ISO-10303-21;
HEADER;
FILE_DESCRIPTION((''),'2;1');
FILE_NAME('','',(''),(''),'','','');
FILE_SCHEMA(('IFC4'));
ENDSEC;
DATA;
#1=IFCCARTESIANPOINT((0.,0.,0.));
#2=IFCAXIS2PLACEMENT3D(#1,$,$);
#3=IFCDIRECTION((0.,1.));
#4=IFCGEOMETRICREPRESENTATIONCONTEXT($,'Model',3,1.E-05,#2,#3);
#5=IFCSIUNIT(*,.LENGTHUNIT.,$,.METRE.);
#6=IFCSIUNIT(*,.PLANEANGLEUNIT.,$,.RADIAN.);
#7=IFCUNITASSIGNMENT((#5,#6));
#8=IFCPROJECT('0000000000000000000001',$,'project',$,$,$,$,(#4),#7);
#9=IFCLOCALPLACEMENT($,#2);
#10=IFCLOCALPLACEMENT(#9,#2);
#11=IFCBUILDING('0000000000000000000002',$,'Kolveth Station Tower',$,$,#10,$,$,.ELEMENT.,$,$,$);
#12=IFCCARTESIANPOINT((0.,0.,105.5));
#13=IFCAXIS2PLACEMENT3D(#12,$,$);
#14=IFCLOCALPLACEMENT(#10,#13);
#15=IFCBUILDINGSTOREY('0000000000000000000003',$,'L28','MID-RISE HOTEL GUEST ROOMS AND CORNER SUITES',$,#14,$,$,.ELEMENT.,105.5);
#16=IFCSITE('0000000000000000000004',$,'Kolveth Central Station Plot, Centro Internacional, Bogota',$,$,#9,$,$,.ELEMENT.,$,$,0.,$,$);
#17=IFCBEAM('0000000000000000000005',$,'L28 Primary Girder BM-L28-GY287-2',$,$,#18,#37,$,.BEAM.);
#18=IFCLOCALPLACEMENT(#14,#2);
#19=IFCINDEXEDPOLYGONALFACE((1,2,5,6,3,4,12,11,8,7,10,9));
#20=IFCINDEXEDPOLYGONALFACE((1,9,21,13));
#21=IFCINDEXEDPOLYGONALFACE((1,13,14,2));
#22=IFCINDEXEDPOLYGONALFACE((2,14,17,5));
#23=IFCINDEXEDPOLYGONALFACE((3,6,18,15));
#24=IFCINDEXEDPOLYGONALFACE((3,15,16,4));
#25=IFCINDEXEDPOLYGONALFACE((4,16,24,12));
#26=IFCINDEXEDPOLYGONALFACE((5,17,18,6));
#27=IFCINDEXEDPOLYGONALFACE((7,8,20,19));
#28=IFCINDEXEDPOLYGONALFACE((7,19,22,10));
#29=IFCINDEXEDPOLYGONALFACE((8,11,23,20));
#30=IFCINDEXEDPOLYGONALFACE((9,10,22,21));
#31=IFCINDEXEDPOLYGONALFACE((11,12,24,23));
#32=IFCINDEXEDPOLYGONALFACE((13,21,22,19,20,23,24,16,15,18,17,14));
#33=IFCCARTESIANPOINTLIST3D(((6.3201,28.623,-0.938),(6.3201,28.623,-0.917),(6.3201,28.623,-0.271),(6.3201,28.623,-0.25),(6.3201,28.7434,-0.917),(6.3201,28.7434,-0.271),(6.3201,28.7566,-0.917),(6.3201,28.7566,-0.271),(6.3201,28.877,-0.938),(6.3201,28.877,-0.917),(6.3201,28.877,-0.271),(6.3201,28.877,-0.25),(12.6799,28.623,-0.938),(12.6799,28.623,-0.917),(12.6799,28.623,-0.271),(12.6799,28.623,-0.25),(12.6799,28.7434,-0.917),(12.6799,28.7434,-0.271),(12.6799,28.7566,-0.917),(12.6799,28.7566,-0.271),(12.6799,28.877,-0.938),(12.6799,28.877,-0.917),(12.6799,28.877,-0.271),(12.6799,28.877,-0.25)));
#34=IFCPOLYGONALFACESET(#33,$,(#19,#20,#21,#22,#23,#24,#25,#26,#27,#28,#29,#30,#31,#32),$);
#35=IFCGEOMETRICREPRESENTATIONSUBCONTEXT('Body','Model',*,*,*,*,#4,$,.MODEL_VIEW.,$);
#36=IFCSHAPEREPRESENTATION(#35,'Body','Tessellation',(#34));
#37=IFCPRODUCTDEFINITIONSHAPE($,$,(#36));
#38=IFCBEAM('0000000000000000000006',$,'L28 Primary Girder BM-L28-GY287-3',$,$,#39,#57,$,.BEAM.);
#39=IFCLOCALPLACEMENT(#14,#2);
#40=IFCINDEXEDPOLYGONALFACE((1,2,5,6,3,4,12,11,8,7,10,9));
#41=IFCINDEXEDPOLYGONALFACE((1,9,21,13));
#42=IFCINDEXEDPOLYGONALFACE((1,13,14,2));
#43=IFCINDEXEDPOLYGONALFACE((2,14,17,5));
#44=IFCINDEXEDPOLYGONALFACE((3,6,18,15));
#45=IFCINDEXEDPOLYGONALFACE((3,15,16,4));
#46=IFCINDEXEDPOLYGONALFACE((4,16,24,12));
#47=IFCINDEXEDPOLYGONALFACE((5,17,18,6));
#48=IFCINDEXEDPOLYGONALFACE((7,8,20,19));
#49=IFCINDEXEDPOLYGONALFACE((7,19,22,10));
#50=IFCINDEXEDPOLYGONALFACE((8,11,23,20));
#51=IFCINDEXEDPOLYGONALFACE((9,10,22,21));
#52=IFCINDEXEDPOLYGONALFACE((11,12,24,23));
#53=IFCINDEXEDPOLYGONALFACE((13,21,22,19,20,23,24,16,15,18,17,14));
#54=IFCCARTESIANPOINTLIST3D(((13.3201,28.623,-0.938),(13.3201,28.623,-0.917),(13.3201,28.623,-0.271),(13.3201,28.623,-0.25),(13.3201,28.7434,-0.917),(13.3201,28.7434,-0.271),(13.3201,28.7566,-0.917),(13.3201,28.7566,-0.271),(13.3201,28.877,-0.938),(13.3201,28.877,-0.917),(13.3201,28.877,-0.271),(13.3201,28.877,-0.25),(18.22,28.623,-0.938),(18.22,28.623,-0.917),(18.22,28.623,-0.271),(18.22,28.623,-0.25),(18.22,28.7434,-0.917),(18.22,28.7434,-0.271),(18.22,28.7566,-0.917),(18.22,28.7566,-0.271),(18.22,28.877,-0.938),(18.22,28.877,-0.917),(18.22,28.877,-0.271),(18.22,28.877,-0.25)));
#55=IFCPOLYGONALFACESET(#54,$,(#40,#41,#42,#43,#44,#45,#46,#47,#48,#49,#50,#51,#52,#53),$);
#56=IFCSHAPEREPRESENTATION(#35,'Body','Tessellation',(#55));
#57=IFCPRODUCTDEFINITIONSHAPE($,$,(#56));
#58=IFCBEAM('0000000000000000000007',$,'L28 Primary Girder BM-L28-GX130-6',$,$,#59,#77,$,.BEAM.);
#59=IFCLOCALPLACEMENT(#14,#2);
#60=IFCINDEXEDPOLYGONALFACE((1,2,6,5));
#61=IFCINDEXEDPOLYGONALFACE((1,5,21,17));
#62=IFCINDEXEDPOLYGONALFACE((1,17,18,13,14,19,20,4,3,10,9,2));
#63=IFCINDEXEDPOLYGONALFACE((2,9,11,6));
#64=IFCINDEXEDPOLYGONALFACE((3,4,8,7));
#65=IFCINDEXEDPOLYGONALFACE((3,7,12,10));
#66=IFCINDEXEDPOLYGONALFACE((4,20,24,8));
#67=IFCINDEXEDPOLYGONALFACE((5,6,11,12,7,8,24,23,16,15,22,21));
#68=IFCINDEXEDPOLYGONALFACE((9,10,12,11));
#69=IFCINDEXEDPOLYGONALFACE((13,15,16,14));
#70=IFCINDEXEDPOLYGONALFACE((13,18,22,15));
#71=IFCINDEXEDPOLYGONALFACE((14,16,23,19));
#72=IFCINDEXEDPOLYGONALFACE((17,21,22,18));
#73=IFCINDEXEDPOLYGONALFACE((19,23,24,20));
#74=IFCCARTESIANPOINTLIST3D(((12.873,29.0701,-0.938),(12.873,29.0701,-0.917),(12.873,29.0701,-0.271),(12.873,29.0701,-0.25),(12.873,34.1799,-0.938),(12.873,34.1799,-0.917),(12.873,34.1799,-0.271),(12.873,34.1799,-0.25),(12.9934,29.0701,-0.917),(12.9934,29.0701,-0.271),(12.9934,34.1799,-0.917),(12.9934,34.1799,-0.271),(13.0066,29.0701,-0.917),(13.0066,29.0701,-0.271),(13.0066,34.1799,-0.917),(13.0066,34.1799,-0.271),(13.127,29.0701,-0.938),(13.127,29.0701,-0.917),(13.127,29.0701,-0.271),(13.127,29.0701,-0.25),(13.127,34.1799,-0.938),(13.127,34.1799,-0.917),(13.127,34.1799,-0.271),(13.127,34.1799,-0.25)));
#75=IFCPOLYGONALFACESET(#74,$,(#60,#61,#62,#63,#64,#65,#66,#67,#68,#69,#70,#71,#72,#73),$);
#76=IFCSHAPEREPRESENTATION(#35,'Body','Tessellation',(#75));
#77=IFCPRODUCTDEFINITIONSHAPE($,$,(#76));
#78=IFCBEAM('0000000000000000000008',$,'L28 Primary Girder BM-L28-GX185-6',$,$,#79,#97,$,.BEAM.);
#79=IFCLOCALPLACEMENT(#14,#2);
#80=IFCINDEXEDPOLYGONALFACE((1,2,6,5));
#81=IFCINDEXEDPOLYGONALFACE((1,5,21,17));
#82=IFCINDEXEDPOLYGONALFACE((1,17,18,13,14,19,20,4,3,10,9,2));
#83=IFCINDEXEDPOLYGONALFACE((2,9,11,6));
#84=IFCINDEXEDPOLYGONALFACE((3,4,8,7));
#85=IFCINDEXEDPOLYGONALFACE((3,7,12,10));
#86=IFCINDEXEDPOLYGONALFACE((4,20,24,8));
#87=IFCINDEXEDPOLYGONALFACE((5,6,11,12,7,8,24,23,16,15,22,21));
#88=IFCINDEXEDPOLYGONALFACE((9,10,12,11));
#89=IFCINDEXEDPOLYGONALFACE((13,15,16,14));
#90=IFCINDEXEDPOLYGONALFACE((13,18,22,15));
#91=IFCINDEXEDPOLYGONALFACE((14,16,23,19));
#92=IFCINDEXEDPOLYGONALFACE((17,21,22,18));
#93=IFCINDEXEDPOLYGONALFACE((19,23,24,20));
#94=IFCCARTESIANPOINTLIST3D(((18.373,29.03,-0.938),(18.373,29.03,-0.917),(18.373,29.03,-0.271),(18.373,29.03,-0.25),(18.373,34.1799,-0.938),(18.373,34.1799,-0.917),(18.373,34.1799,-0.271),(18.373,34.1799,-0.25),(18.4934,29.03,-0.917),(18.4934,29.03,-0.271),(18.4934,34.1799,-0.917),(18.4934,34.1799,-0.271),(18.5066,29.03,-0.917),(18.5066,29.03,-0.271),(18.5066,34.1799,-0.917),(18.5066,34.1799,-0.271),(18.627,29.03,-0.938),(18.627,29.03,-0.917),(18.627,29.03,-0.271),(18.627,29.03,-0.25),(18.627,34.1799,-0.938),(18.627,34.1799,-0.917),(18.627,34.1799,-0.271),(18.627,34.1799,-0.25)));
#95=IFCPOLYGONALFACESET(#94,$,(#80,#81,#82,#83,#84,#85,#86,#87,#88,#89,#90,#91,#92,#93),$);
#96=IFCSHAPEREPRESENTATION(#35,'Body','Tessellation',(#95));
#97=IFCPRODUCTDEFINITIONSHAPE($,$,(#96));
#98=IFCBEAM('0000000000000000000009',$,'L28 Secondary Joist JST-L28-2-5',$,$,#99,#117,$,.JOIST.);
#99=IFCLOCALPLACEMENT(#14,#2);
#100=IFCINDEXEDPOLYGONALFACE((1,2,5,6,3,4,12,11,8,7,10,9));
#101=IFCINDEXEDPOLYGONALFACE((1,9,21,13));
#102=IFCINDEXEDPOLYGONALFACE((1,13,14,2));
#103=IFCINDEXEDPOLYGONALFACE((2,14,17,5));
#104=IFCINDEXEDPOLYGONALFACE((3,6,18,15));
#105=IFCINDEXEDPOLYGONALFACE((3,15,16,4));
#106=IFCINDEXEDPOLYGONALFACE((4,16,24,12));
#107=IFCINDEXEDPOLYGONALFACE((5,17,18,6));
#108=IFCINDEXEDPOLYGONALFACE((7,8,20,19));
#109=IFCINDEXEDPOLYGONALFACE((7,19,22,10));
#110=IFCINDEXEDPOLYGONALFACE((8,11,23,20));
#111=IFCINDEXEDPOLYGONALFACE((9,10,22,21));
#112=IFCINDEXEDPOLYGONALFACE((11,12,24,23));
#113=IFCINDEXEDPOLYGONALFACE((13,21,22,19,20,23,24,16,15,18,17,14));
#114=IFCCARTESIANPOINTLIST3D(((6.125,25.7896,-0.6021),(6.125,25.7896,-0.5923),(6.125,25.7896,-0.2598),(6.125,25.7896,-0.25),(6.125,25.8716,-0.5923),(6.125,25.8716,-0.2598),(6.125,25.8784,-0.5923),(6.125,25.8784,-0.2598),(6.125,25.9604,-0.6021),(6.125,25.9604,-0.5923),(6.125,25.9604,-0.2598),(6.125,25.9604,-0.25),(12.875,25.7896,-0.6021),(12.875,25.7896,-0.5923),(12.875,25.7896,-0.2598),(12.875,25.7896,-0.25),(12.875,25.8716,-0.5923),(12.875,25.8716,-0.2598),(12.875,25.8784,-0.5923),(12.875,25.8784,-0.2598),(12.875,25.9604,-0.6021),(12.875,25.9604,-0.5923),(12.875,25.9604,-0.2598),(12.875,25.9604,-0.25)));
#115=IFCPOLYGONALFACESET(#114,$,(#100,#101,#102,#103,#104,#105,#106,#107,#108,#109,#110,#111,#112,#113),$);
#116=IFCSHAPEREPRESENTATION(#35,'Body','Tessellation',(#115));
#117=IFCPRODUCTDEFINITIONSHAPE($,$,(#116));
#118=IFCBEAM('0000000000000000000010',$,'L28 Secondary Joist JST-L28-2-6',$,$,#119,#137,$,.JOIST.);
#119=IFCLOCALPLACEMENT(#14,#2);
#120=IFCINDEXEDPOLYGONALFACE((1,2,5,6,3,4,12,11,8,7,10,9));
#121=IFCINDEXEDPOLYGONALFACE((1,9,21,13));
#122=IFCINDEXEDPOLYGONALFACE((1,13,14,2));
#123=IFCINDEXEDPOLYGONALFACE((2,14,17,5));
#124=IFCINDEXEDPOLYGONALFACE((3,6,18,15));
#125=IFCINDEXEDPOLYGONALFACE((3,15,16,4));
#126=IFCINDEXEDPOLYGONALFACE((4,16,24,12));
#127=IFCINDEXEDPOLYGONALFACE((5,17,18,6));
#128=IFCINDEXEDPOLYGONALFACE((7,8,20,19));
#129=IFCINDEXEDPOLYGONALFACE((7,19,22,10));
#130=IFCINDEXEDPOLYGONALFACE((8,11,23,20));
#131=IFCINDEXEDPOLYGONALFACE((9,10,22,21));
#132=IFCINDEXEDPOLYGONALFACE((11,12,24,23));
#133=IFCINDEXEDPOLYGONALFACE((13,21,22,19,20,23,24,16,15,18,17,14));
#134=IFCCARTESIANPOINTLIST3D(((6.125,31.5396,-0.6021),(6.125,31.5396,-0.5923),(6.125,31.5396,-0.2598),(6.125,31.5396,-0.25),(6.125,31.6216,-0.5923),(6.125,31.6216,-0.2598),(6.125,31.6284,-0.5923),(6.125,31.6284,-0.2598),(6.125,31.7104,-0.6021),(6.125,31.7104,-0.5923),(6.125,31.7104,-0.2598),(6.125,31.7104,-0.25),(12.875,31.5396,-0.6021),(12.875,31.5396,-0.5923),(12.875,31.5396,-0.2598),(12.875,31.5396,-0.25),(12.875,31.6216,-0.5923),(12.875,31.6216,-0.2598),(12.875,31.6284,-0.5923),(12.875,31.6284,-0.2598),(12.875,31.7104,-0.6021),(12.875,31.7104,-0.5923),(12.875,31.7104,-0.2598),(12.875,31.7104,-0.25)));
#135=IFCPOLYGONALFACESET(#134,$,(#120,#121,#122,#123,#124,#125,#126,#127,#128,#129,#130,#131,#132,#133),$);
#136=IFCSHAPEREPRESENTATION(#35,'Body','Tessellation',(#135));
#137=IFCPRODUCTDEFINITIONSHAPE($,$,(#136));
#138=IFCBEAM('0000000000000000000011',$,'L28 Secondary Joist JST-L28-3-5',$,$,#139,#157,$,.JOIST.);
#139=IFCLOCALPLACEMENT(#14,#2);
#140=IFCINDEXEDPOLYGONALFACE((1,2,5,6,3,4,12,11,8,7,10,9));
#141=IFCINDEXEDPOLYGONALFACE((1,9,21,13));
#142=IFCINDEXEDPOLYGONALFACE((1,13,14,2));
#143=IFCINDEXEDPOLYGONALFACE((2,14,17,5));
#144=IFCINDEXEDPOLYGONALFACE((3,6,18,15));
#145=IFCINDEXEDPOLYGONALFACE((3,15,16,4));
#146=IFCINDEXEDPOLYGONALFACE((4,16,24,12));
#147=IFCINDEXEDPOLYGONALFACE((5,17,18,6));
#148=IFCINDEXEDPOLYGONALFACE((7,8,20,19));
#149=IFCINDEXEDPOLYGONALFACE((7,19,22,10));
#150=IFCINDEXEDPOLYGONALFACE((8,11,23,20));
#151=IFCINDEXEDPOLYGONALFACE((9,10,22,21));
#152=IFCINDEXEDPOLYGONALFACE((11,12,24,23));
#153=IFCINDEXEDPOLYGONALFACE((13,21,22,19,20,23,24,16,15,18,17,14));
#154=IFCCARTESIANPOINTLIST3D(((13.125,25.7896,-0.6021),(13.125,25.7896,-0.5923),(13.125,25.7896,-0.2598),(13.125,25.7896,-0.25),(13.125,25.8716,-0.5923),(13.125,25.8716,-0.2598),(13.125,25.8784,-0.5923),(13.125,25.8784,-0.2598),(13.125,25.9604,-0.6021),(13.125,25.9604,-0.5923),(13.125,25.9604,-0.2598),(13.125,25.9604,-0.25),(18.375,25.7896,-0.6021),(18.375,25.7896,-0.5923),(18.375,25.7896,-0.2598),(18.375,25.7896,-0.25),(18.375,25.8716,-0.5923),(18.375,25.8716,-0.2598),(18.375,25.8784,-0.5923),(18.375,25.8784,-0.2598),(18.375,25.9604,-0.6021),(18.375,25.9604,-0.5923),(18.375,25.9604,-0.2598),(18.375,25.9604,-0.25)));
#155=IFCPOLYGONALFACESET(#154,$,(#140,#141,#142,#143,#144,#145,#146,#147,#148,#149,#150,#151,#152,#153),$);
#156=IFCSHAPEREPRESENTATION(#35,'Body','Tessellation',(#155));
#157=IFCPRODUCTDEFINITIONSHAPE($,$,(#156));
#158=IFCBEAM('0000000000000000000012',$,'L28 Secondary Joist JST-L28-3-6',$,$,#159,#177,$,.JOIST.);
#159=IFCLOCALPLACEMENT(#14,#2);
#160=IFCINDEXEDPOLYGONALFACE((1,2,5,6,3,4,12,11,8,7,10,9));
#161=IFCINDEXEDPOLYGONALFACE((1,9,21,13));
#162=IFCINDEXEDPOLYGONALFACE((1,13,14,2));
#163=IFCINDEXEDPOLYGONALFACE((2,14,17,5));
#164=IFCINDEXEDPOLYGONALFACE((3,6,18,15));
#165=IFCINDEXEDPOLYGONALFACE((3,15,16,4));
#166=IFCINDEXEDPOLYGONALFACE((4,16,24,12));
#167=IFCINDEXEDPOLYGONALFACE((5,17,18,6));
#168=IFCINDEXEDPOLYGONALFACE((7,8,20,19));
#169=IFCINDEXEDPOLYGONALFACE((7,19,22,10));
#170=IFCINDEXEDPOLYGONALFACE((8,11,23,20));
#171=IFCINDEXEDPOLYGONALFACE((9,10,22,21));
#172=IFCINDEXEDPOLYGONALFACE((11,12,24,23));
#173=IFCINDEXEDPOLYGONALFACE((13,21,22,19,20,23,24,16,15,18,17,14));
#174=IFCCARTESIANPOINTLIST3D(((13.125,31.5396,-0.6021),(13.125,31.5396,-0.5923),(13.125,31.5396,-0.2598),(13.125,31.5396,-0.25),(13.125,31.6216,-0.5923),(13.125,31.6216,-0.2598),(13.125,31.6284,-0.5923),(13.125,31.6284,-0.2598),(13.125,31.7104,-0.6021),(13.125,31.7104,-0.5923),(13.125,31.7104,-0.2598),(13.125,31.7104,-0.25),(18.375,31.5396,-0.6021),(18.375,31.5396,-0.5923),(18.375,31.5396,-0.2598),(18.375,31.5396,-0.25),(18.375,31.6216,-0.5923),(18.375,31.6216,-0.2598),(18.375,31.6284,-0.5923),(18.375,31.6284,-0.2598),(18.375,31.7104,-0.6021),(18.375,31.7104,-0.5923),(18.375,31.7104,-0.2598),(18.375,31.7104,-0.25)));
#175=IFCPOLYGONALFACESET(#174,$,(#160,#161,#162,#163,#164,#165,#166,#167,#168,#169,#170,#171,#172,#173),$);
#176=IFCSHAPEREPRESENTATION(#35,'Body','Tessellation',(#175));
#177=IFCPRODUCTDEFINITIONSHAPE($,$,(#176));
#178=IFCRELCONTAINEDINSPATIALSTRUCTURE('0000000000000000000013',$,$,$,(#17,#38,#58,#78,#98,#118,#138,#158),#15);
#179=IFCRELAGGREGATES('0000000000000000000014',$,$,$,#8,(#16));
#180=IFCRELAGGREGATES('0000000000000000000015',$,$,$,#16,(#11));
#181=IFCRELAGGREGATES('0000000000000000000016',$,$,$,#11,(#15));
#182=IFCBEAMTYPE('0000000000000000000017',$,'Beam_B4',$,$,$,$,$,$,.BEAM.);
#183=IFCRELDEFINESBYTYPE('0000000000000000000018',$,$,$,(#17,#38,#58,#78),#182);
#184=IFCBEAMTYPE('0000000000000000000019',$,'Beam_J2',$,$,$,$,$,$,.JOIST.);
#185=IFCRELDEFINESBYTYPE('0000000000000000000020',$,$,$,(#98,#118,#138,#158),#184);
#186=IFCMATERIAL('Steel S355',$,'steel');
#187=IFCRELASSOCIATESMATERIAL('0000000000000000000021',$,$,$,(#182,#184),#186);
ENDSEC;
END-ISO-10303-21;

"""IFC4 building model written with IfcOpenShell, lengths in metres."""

from ifc_helpers import new_model, si_unit, direction, frame, origin, origin_2d, place, context, subcontext, project, spatial, i_section, extrude, source, transform, mapped, material, material_profile, profile_set, type_object, element, save


model = new_model("IFC4")

# Units and contexts
model_context = context("Model", 3, precision=1e-05, world=origin(), true_north=direction((0.0, 1.0)))
body_context = subcontext(model_context, "Body", "Model", "MODEL_VIEW")
ifc_project = project(units=[si_unit("LENGTHUNIT", "METRE"), si_unit("PLANEANGLEUNIT", "RADIAN")], contexts=[model_context])

# Site, building, storey
site_placement = place(None, origin())
site = spatial("IfcSite", under=ifc_project, at=site_placement, Name="Kolveth Central Station Plot, Centro Internacional, Bogota", CompositionType="ELEMENT", RefElevation=0.0)
building_placement = place(site_placement, origin())
building = spatial("IfcBuilding", under=site, at=building_placement, Name="Kolveth Station Tower", CompositionType="ELEMENT")
storey_placement = place(building_placement, frame((0.0, 0.0, 105.5)))
storey = spatial("IfcBuildingStorey", under=building, at=storey_placement, Name="L28", Description="MID-RISE HOTEL GUEST ROOMS AND CORNER SUITES", CompositionType="ELEMENT", Elevation=105.5)

# Shared definitions
ifc_material_1 = material(Name="Steel S355", Category="steel")

# Beams
ifc_material_profile_1 = material_profile(ifc_material_1, i_section(OverallWidth=0.2539, OverallDepth=0.688, WebThickness=0.0132, FlangeThickness=0.021, at=origin_2d()), Name="W690x152")
ifc_profile_set_1 = profile_set([ifc_material_profile_1], Name="Steel S355")
beam_type_1 = type_object("IfcBeamType", Name="Beam_B4", PredefinedType="BEAM", material=ifc_profile_set_1)
shared_shape_1 = source(origin(), body_context, "Body", "SweptSolid", [
    extrude(i_section(OverallWidth=0.2539, OverallDepth=0.688, WebThickness=0.0132, FlangeThickness=0.021, at=origin_2d()), origin(), (0.0, 0.0, 1.0), 6.3599),
])
beam_1_placement = place(storey_placement, frame((6.3201, 28.75, -0.594), z_axis=(1.0, 0.0, 0.0), x_axis=(0.0, 1.0, 0.0)))
element("IfcBeam", 1, at=beam_1_placement, inside=storey, type_object=beam_type_1, Name="L28 Primary Girder BM-L28-GY287-2", PredefinedType="BEAM", context=body_context, shape_type="MappedRepresentation", body=[
    mapped(shared_shape_1, transform((0.0, 0.0, 0.0), x_axis=(1.0, 0.0, 0.0), y_axis=(0.0, 1.0, 0.0), z_axis=(0.0, 0.0, 1.0), scale=1.0)),
])
shared_shape_2 = source(origin(), body_context, "Body", "SweptSolid", [
    extrude(i_section(OverallWidth=0.2539, OverallDepth=0.688, WebThickness=0.0132, FlangeThickness=0.021, at=origin_2d()), origin(), (0.0, 0.0, 1.0), 4.8999),
])
beam_2_placement = place(storey_placement, frame((13.3201, 28.75, -0.594), z_axis=(1.0, 0.0, 0.0), x_axis=(0.0, 1.0, 0.0)))
element("IfcBeam", 2, at=beam_2_placement, inside=storey, type_object=beam_type_1, Name="L28 Primary Girder BM-L28-GY287-3", PredefinedType="BEAM", context=body_context, shape_type="MappedRepresentation", body=[
    mapped(shared_shape_2, transform((0.0, 0.0, 0.0), x_axis=(1.0, 0.0, 0.0), y_axis=(0.0, 1.0, 0.0), z_axis=(0.0, 0.0, 1.0), scale=1.0)),
])
shared_shape_3 = source(origin(), body_context, "Body", "SweptSolid", [
    extrude(i_section(OverallWidth=0.2539, OverallDepth=0.688, WebThickness=0.0132, FlangeThickness=0.021, at=origin_2d()), origin(), (0.0, 0.0, 1.0), 5.1099),
])
beam_3_placement = place(storey_placement, frame((13.0, 29.0701, -0.594), z_axis=(0.0, 1.0, 0.0), x_axis=(-1.0, 0.0, 0.0)))
element("IfcBeam", 3, at=beam_3_placement, inside=storey, type_object=beam_type_1, Name="L28 Primary Girder BM-L28-GX130-6", PredefinedType="BEAM", context=body_context, shape_type="MappedRepresentation", body=[
    mapped(shared_shape_3, transform((0.0, 0.0, 0.0), x_axis=(1.0, 0.0, 0.0), y_axis=(0.0, 1.0, 0.0), z_axis=(0.0, 0.0, 1.0), scale=1.0)),
])
shared_shape_4 = source(origin(), body_context, "Body", "SweptSolid", [
    extrude(i_section(OverallWidth=0.2539, OverallDepth=0.688, WebThickness=0.0132, FlangeThickness=0.021, at=origin_2d()), origin(), (0.0, 0.0, 1.0), 5.1499),
])
beam_4_placement = place(storey_placement, frame((18.5, 29.03, -0.594), z_axis=(0.0, 1.0, 0.0), x_axis=(-1.0, 0.0, 0.0)))
element("IfcBeam", 4, at=beam_4_placement, inside=storey, type_object=beam_type_1, Name="L28 Primary Girder BM-L28-GX185-6", PredefinedType="BEAM", context=body_context, shape_type="MappedRepresentation", body=[
    mapped(shared_shape_4, transform((0.0, 0.0, 0.0), x_axis=(1.0, 0.0, 0.0), y_axis=(0.0, 1.0, 0.0), z_axis=(0.0, 0.0, 1.0), scale=1.0)),
])
ifc_material_profile_2 = material_profile(ifc_material_1, i_section(OverallWidth=0.1709, OverallDepth=0.3521, WebThickness=0.0068, FlangeThickness=0.0098, at=origin_2d()), Name="W360x44")
ifc_profile_set_2 = profile_set([ifc_material_profile_2], Name="Steel S355")
beam_type_2 = type_object("IfcBeamType", Name="Beam_J2", PredefinedType="JOIST", material=ifc_profile_set_2)
shared_shape_5 = source(origin(), body_context, "Body", "SweptSolid", [
    extrude(i_section(OverallWidth=0.1709, OverallDepth=0.3521, WebThickness=0.0068, FlangeThickness=0.0098, at=origin_2d()), origin(), (0.0, 0.0, 1.0), 6.75),
])
for number, where, z_axis, x_axis, name in (
    (5, (6.125, 25.875, -0.426), (1.0, 0.0, 0.0), (0.0, 1.0, 0.0), "L28 Secondary Joist JST-L28-2-5"),
    (6, (6.125, 31.625, -0.426), (1.0, 0.0, 0.0), (0.0, 1.0, 0.0), "L28 Secondary Joist JST-L28-2-6"),
):
    element("IfcBeam", number, at=place(storey_placement, frame(where, z_axis=z_axis, x_axis=x_axis)), inside=storey, type_object=beam_type_2, Name=name, PredefinedType="JOIST", context=body_context, shape_type="MappedRepresentation", body=[
        mapped(shared_shape_5, transform((0.0, 0.0, 0.0), x_axis=(1.0, 0.0, 0.0), y_axis=(0.0, 1.0, 0.0), z_axis=(0.0, 0.0, 1.0), scale=1.0)),
    ])
shared_shape_6 = source(origin(), body_context, "Body", "SweptSolid", [
    extrude(i_section(OverallWidth=0.1709, OverallDepth=0.3521, WebThickness=0.0068, FlangeThickness=0.0098, at=origin_2d()), origin(), (0.0, 0.0, 1.0), 5.25),
])
for number, where, z_axis, x_axis, name in (
    (7, (13.125, 25.875, -0.426), (1.0, 0.0, 0.0), (0.0, 1.0, 0.0), "L28 Secondary Joist JST-L28-3-5"),
    (8, (13.125, 31.625, -0.426), (1.0, 0.0, 0.0), (0.0, 1.0, 0.0), "L28 Secondary Joist JST-L28-3-6"),
):
    element("IfcBeam", number, at=place(storey_placement, frame(where, z_axis=z_axis, x_axis=x_axis)), inside=storey, type_object=beam_type_2, Name=name, PredefinedType="JOIST", context=body_context, shape_type="MappedRepresentation", body=[
        mapped(shared_shape_6, transform((0.0, 0.0, 0.0), x_axis=(1.0, 0.0, 0.0), y_axis=(0.0, 1.0, 0.0), z_axis=(0.0, 0.0, 1.0), scale=1.0)),
    ])

save(model, "model.ifc")
